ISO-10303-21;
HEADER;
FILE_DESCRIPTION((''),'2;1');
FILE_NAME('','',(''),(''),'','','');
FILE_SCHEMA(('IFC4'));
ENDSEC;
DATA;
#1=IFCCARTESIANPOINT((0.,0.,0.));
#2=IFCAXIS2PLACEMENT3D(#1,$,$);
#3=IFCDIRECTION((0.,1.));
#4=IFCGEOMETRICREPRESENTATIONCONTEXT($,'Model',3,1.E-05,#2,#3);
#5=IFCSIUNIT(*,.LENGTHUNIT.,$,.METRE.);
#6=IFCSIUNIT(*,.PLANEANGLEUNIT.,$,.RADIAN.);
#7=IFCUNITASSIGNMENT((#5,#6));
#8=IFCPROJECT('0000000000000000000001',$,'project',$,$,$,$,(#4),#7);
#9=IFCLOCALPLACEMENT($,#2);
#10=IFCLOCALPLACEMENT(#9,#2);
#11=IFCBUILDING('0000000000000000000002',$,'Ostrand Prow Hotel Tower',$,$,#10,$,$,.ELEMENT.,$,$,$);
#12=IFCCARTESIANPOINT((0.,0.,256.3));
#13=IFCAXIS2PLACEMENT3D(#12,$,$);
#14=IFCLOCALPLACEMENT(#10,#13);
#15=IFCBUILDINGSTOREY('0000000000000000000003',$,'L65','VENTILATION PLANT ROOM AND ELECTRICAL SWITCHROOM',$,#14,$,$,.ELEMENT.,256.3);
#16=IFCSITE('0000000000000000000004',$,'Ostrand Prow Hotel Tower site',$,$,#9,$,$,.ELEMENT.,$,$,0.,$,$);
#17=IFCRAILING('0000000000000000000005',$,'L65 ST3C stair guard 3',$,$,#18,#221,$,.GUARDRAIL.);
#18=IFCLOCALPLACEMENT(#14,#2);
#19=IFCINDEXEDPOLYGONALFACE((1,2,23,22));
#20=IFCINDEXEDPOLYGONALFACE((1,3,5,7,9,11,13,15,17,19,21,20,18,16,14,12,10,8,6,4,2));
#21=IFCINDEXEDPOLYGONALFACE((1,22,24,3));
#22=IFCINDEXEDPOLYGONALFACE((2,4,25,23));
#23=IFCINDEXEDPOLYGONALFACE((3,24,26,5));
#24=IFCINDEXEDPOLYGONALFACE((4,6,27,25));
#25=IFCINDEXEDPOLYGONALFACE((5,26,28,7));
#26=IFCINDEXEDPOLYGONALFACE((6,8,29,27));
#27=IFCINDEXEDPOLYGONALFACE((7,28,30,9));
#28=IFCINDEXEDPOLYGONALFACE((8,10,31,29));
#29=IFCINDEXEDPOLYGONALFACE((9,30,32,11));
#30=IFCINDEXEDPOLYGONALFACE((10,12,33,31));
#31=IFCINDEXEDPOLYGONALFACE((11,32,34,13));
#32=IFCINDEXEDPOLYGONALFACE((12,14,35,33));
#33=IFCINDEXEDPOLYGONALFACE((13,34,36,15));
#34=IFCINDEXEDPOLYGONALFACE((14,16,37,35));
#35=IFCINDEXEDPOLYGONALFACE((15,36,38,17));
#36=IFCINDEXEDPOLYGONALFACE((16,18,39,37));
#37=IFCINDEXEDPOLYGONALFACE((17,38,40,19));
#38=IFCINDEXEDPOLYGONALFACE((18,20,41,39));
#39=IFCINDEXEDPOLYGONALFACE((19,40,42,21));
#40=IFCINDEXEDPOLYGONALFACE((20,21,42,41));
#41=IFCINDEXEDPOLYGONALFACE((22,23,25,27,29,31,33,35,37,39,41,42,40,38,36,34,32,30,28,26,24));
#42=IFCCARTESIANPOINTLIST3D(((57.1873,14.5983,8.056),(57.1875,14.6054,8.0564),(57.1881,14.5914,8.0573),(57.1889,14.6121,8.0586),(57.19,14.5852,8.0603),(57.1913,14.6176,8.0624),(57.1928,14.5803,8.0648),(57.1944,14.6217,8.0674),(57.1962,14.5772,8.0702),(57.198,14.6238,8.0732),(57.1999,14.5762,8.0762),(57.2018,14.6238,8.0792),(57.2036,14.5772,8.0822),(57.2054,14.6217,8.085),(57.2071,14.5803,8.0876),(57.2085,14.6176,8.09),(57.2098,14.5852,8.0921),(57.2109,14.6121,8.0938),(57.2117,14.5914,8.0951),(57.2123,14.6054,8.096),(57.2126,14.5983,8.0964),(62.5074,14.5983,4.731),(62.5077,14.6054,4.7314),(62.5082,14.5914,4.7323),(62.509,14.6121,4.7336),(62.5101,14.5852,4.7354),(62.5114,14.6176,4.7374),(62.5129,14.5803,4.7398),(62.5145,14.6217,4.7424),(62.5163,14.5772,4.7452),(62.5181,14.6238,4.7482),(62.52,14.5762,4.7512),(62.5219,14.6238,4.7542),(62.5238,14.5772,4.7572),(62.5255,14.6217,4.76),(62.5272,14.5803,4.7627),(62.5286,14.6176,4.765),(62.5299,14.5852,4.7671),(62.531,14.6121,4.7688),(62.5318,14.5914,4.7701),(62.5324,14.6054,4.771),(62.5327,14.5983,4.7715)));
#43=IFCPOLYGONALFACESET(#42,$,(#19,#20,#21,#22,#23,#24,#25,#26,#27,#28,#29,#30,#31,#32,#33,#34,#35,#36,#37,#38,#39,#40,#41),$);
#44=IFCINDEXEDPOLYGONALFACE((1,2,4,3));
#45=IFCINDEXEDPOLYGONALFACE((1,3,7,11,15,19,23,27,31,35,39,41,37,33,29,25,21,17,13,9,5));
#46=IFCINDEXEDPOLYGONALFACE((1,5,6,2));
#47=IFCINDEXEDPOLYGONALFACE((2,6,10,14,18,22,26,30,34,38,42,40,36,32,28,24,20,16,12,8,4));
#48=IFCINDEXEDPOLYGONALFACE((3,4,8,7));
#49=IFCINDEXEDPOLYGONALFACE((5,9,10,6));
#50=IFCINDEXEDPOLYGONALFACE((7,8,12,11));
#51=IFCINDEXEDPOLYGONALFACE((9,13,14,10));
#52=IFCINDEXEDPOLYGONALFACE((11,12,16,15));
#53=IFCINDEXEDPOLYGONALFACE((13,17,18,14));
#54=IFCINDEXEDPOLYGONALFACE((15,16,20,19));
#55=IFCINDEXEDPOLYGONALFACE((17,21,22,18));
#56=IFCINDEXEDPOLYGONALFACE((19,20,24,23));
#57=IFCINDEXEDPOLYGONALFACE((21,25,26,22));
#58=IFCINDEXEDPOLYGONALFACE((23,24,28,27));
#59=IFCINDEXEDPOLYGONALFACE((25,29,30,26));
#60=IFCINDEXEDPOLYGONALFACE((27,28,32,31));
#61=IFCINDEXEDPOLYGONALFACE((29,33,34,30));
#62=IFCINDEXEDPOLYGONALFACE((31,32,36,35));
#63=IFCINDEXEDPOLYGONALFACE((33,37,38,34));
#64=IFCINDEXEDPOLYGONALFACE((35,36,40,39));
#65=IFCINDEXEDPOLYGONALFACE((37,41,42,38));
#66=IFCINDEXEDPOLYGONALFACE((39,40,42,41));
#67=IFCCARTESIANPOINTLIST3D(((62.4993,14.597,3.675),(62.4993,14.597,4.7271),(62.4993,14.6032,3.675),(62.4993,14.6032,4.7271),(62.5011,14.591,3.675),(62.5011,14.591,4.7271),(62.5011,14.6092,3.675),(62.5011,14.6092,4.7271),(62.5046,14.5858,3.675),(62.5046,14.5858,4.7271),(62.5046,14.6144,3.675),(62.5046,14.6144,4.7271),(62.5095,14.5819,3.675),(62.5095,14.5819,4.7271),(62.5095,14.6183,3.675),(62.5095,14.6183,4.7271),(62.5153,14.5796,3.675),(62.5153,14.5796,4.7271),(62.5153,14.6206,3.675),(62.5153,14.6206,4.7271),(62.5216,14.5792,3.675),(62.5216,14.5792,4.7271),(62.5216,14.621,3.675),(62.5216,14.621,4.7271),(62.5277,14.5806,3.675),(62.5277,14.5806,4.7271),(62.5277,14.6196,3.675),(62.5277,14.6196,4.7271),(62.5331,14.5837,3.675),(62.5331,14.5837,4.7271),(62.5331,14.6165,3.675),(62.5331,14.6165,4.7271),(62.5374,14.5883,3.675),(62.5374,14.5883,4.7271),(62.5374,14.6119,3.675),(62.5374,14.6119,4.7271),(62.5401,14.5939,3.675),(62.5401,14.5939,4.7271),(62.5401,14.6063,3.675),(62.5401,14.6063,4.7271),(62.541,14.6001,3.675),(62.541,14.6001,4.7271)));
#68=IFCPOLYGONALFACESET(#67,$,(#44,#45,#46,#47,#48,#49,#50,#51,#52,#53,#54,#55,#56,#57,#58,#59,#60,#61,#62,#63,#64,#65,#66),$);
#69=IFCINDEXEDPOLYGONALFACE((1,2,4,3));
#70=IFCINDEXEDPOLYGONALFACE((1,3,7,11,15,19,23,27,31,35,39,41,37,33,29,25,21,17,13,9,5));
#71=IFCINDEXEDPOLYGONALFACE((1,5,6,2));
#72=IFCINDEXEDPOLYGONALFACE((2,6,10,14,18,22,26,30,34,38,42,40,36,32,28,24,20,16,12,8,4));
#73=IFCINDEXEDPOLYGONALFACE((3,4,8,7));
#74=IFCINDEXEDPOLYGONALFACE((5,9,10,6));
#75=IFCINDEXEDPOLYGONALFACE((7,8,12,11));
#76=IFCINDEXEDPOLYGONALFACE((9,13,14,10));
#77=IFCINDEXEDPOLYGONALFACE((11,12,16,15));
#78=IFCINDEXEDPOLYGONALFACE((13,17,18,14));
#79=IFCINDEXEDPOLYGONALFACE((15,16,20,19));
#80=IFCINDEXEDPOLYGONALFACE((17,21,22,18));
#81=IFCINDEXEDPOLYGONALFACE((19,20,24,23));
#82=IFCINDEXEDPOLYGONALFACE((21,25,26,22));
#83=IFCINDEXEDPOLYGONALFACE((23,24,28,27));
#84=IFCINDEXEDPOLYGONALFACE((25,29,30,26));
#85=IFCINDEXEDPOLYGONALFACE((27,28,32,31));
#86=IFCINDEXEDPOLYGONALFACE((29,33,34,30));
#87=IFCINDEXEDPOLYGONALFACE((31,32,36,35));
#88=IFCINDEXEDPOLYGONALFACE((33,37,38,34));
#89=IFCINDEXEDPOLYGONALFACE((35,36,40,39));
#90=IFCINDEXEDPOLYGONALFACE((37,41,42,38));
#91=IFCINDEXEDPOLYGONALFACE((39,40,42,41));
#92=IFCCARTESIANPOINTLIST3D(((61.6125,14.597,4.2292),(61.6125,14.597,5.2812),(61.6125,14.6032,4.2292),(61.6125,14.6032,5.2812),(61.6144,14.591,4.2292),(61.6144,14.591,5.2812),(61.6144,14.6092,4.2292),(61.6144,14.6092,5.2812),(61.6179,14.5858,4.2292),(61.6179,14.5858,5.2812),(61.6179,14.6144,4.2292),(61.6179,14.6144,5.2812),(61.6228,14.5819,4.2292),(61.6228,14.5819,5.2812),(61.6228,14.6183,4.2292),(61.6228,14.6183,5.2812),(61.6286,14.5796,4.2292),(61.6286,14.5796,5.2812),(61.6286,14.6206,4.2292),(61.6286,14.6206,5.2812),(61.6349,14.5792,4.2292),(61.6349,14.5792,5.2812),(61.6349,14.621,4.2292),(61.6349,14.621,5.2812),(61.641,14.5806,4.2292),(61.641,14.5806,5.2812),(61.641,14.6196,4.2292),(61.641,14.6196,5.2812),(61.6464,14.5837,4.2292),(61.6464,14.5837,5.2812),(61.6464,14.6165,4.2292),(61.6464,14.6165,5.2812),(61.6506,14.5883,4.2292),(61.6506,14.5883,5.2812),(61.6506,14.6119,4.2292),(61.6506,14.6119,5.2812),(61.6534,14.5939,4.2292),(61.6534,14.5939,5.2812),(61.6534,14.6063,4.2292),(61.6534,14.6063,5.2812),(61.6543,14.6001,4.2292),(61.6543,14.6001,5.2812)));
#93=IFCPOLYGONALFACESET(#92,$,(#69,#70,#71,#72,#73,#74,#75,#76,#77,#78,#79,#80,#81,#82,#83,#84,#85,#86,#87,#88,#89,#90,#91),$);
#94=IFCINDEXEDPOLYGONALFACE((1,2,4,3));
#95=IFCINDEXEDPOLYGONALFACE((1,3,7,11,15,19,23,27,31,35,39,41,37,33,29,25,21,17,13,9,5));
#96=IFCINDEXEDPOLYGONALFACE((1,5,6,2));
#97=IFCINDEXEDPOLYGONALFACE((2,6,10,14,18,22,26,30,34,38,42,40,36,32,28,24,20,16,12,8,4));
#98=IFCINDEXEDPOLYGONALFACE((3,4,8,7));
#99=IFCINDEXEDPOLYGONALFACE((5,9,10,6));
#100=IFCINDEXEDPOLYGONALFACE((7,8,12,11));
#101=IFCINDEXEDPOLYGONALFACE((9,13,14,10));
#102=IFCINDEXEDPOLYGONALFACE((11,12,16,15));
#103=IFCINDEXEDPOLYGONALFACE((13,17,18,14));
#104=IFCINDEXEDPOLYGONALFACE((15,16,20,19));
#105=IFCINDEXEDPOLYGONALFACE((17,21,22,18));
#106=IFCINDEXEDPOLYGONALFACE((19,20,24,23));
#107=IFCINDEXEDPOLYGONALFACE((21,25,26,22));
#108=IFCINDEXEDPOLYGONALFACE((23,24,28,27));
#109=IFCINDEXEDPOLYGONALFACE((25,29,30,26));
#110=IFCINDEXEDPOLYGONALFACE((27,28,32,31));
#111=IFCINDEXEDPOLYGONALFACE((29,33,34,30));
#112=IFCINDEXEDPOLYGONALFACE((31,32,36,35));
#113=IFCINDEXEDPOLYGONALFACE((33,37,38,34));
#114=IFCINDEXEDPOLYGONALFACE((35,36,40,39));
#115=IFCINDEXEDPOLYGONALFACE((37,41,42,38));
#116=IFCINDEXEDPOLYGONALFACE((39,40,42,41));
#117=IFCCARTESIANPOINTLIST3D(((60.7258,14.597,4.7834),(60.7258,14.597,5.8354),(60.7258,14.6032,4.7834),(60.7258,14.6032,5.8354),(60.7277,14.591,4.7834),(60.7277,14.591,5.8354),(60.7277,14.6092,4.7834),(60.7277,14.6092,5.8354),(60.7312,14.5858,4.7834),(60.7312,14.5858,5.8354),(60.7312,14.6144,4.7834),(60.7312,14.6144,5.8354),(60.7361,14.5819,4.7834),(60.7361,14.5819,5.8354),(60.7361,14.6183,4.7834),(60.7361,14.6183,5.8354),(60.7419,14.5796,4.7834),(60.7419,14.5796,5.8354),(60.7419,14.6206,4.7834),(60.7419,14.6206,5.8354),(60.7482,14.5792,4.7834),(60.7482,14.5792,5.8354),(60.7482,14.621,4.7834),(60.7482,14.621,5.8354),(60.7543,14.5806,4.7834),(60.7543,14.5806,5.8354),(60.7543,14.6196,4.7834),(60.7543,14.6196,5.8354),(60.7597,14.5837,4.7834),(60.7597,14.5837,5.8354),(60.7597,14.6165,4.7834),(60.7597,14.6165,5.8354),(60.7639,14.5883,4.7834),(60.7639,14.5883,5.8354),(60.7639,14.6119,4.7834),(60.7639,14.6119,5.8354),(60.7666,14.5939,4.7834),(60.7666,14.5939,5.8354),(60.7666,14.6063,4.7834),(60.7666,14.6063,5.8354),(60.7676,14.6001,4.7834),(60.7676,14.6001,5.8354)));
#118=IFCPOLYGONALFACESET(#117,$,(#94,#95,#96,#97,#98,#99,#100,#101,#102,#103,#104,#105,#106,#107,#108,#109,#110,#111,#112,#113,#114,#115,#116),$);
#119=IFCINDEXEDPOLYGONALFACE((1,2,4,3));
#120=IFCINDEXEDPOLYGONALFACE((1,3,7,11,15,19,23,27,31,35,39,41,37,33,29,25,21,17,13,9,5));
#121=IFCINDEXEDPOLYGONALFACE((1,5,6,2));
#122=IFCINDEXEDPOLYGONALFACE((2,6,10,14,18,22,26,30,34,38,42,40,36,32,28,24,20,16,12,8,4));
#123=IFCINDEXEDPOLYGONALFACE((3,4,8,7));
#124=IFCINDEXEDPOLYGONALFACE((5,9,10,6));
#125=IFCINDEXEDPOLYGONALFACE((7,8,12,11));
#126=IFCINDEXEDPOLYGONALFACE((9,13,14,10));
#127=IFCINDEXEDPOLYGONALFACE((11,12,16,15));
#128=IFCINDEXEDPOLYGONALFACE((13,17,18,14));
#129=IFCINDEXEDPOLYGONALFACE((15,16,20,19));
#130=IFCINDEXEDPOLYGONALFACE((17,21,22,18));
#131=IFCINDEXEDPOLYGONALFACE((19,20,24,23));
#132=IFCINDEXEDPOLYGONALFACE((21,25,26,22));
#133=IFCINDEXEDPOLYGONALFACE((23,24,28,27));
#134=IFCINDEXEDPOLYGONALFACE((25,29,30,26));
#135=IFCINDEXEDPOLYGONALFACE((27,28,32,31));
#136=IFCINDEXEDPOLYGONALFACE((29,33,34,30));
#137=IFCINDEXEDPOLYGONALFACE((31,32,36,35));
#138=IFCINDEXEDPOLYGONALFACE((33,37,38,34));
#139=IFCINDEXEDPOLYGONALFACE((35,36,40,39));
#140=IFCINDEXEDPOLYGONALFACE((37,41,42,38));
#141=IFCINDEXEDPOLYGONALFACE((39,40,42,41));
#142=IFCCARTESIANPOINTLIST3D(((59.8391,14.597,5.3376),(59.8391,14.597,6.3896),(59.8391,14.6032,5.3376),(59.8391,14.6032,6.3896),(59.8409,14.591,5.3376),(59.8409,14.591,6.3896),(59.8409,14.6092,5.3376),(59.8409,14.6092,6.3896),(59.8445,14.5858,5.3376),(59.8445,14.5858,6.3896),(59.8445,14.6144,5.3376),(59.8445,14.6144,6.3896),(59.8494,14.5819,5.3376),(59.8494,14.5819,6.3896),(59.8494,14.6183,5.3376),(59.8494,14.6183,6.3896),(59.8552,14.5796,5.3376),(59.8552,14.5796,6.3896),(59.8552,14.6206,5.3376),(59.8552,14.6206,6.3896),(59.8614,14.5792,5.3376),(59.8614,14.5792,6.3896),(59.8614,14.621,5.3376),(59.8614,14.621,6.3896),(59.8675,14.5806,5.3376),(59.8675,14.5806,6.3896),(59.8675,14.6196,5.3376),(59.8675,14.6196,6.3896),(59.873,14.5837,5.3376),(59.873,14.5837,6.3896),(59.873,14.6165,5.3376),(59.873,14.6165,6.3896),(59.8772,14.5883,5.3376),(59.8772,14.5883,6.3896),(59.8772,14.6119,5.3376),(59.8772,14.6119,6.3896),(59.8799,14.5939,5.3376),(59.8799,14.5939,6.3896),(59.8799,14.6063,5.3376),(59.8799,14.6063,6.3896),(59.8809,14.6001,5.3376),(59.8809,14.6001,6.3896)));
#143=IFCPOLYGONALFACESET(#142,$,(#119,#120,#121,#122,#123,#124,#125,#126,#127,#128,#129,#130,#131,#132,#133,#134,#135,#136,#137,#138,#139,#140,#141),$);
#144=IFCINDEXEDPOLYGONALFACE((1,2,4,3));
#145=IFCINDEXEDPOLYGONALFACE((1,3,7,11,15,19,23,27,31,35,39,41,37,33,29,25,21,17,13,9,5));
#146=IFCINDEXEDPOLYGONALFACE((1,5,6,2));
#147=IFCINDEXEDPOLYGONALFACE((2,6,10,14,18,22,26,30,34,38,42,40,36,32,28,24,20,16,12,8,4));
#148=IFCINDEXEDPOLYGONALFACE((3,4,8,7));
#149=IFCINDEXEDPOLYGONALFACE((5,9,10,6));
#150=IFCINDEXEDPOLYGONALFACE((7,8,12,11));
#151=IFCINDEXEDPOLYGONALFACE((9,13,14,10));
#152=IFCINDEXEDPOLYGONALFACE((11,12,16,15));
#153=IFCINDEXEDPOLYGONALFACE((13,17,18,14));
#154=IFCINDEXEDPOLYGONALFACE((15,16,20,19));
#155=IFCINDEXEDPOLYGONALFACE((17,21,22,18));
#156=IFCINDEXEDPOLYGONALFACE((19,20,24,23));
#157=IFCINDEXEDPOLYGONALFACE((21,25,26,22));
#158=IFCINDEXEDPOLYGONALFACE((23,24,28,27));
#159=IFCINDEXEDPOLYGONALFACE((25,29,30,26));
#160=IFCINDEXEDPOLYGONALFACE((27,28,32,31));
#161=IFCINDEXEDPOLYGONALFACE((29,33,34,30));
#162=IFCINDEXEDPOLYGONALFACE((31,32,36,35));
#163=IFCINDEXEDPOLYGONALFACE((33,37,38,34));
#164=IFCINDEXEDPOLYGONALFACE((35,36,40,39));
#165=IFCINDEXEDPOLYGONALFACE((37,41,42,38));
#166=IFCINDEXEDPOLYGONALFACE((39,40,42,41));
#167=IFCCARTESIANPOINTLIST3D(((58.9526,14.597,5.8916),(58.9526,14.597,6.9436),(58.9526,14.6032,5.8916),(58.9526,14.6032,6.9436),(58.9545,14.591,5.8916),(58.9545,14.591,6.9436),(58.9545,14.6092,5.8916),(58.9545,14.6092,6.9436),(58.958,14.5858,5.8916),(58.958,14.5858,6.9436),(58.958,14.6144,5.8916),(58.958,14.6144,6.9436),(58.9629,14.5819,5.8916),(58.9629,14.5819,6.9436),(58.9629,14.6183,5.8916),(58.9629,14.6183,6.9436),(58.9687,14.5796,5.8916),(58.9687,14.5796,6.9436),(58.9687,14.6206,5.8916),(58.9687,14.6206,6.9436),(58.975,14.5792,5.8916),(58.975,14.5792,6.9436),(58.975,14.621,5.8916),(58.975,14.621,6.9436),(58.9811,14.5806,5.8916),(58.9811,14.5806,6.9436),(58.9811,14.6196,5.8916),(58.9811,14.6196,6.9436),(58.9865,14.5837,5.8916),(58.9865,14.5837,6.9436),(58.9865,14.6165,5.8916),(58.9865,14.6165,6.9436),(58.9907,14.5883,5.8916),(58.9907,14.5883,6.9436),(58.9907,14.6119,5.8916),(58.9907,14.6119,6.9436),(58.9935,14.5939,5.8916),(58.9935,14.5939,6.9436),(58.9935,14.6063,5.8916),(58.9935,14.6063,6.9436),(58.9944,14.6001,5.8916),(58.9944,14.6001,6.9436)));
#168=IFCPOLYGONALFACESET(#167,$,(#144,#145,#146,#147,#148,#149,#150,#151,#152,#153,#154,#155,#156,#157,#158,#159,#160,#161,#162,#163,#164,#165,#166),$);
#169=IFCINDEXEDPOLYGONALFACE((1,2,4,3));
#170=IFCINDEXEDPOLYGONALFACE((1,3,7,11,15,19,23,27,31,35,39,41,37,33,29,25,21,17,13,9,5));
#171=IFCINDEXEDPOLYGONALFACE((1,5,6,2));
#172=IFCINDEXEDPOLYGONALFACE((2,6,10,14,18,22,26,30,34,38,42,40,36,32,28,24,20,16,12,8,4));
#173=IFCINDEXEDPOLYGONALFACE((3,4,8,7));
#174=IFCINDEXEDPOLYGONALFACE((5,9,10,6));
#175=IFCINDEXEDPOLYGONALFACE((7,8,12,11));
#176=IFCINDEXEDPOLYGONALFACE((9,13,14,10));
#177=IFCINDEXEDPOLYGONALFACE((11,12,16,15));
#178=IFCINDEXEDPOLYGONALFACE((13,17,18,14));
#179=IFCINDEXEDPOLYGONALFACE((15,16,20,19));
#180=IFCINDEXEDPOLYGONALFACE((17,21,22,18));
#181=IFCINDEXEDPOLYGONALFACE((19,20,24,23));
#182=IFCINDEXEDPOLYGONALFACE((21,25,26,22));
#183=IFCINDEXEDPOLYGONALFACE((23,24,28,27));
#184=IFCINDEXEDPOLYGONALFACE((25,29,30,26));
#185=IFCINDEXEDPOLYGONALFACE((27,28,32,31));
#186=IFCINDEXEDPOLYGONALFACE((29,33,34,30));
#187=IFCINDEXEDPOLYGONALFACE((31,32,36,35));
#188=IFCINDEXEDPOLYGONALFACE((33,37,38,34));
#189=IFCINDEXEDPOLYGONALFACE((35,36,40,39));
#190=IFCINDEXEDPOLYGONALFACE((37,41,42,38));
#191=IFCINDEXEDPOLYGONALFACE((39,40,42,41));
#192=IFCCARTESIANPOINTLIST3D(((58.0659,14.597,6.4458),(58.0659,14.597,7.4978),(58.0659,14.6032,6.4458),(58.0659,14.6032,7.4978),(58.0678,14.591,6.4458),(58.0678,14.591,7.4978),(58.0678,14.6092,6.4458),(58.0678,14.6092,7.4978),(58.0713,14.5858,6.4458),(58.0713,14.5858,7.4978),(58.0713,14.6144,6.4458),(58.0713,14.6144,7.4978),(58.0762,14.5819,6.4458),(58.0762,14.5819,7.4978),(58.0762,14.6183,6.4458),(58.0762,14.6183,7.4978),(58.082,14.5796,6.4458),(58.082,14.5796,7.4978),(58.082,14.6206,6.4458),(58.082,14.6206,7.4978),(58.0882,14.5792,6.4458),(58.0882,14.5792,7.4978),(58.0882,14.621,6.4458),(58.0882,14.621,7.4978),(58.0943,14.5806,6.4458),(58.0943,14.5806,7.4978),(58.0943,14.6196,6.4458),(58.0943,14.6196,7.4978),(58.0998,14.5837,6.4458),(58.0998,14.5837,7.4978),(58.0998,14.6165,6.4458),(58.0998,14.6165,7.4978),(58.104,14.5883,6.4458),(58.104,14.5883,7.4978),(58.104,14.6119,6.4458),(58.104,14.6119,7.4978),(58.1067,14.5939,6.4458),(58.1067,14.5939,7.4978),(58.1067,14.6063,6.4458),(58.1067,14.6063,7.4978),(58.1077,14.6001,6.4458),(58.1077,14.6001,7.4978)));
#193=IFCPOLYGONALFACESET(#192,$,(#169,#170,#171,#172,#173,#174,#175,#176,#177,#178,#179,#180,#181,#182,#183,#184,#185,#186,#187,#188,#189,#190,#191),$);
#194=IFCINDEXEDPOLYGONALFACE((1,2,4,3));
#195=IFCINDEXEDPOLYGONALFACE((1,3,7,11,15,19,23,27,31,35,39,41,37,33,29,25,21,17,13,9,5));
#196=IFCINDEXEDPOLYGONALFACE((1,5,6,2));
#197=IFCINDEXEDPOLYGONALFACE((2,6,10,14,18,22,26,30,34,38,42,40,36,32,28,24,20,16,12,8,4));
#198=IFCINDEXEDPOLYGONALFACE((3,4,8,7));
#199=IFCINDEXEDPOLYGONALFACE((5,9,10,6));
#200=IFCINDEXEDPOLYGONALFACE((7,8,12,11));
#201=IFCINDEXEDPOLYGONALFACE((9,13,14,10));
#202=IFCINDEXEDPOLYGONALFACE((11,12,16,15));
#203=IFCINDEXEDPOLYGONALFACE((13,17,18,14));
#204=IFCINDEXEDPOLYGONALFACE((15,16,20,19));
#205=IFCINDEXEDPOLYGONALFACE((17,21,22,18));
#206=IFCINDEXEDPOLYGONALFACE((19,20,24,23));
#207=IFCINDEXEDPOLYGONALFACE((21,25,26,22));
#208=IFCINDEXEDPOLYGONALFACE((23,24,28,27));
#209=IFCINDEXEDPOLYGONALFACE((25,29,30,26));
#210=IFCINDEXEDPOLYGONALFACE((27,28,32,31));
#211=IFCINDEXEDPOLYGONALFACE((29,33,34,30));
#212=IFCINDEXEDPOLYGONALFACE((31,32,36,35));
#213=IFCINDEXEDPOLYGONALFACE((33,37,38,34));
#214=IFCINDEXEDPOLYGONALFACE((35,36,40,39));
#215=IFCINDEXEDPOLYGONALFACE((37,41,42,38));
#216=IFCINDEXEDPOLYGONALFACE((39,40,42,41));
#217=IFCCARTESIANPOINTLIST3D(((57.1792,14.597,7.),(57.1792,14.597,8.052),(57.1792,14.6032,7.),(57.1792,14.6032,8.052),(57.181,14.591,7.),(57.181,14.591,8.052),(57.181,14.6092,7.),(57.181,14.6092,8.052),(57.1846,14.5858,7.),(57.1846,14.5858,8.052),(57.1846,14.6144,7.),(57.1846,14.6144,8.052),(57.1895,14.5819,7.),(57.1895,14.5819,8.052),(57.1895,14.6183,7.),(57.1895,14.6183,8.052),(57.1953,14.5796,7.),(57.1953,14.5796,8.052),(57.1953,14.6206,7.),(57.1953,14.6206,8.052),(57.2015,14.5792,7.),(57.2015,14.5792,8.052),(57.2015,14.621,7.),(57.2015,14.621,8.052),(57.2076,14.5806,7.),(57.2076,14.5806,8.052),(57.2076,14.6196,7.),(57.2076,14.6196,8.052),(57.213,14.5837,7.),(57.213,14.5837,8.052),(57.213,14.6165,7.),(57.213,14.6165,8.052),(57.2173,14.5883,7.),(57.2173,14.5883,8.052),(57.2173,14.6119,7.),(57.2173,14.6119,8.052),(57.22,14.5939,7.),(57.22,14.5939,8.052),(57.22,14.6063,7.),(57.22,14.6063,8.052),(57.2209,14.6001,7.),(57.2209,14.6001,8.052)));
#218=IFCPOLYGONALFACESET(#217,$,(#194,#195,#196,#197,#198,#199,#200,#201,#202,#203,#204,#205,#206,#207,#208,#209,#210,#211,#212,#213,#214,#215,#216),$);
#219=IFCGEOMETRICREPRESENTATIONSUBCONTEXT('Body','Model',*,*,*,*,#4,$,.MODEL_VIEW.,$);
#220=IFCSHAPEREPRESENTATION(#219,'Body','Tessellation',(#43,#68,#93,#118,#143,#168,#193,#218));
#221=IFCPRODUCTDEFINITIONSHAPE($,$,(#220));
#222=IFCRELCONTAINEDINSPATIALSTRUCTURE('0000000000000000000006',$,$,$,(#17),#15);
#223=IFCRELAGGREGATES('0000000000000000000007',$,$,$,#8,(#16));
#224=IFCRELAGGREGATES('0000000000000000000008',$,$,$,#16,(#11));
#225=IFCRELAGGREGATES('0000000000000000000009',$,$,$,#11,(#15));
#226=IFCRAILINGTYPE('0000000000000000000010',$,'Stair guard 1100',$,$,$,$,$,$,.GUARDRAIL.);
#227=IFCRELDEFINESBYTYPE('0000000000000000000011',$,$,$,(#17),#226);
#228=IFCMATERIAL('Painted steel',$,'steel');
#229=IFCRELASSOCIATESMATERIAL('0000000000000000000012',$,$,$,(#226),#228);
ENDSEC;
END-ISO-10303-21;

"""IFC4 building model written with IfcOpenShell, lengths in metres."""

from ifc_helpers import new_model, si_unit, direction, frame, origin, origin_2d, place, context, subcontext, project, spatial, circle, extrude, material, type_object, element, save


model = new_model("IFC4")

# Units and contexts
model_context = context("Model", 3, precision=1e-05, world=origin(), true_north=direction((0.0, 1.0)))
body_context = subcontext(model_context, "Body", "Model", "MODEL_VIEW")
ifc_project = project(units=[si_unit("LENGTHUNIT", "METRE"), si_unit("PLANEANGLEUNIT", "RADIAN")], contexts=[model_context])

# Site, building, storey
site_placement = place(None, origin())
site = spatial("IfcSite", under=ifc_project, at=site_placement, Name="Ostrand Prow Hotel Tower site", CompositionType="ELEMENT", RefElevation=0.0)
building_placement = place(site_placement, origin())
building = spatial("IfcBuilding", under=site, at=building_placement, Name="Ostrand Prow Hotel Tower", CompositionType="ELEMENT")
storey_placement = place(building_placement, frame((0.0, 0.0, 256.3)))
storey = spatial("IfcBuildingStorey", under=building, at=storey_placement, Name="L65", Description="VENTILATION PLANT ROOM AND ELECTRICAL SWITCHROOM", CompositionType="ELEMENT", Elevation=256.3)

# Railing
ifc_material_1 = material(Name="Painted steel", Category="steel")
railing_type_1 = type_object("IfcRailingType", Name="Stair guard 1100", PredefinedType="GUARDRAIL", material=ifc_material_1)
railing_1_placement = place(storey_placement, frame((62.52, 14.6001, 3.675)))
element("IfcRailing", 1, at=railing_1_placement, inside=storey, type_object=railing_type_1, Name="L65 ST3C stair guard 3", PredefinedType="GUARDRAIL", context=body_context, shape_type="SweptSolid", body=[
    extrude(circle(Radius=0.0239, at=origin_2d()), frame((0.0, 0.0, 1.0762), z_axis=(-0.848005, 0.0, 0.529988), x_axis=(0.0, -1.0, 0.0)), (0.0, 0.0, 1.0), 6.2737),
    extrude(circle(Radius=0.021, at=origin_2d()), origin(), (0.0, 0.0, 1.0), 1.052),
    extrude(circle(Radius=0.021, at=origin_2d()), frame((-0.8867, 0.0, 0.5542)), (0.0, 0.0, 1.0), 1.052),
    extrude(circle(Radius=0.021, at=origin_2d()), frame((-1.7734, 0.0, 1.1084)), (0.0, 0.0, 1.0), 1.052),
    extrude(circle(Radius=0.021, at=origin_2d()), frame((-2.6602, 0.0, 1.6626)), (0.0, 0.0, 1.0), 1.052),
    extrude(circle(Radius=0.021, at=origin_2d()), frame((-3.5466, 0.0, 2.2166)), (0.0, 0.0, 1.0), 1.052),
    extrude(circle(Radius=0.021, at=origin_2d()), frame((-4.4333, 0.0, 2.7708)), (0.0, 0.0, 1.0), 1.052),
    extrude(circle(Radius=0.021, at=origin_2d()), frame((-5.3201, 0.0, 3.325)), (0.0, 0.0, 1.0), 1.052),
])

save(model, "model.ifc")
